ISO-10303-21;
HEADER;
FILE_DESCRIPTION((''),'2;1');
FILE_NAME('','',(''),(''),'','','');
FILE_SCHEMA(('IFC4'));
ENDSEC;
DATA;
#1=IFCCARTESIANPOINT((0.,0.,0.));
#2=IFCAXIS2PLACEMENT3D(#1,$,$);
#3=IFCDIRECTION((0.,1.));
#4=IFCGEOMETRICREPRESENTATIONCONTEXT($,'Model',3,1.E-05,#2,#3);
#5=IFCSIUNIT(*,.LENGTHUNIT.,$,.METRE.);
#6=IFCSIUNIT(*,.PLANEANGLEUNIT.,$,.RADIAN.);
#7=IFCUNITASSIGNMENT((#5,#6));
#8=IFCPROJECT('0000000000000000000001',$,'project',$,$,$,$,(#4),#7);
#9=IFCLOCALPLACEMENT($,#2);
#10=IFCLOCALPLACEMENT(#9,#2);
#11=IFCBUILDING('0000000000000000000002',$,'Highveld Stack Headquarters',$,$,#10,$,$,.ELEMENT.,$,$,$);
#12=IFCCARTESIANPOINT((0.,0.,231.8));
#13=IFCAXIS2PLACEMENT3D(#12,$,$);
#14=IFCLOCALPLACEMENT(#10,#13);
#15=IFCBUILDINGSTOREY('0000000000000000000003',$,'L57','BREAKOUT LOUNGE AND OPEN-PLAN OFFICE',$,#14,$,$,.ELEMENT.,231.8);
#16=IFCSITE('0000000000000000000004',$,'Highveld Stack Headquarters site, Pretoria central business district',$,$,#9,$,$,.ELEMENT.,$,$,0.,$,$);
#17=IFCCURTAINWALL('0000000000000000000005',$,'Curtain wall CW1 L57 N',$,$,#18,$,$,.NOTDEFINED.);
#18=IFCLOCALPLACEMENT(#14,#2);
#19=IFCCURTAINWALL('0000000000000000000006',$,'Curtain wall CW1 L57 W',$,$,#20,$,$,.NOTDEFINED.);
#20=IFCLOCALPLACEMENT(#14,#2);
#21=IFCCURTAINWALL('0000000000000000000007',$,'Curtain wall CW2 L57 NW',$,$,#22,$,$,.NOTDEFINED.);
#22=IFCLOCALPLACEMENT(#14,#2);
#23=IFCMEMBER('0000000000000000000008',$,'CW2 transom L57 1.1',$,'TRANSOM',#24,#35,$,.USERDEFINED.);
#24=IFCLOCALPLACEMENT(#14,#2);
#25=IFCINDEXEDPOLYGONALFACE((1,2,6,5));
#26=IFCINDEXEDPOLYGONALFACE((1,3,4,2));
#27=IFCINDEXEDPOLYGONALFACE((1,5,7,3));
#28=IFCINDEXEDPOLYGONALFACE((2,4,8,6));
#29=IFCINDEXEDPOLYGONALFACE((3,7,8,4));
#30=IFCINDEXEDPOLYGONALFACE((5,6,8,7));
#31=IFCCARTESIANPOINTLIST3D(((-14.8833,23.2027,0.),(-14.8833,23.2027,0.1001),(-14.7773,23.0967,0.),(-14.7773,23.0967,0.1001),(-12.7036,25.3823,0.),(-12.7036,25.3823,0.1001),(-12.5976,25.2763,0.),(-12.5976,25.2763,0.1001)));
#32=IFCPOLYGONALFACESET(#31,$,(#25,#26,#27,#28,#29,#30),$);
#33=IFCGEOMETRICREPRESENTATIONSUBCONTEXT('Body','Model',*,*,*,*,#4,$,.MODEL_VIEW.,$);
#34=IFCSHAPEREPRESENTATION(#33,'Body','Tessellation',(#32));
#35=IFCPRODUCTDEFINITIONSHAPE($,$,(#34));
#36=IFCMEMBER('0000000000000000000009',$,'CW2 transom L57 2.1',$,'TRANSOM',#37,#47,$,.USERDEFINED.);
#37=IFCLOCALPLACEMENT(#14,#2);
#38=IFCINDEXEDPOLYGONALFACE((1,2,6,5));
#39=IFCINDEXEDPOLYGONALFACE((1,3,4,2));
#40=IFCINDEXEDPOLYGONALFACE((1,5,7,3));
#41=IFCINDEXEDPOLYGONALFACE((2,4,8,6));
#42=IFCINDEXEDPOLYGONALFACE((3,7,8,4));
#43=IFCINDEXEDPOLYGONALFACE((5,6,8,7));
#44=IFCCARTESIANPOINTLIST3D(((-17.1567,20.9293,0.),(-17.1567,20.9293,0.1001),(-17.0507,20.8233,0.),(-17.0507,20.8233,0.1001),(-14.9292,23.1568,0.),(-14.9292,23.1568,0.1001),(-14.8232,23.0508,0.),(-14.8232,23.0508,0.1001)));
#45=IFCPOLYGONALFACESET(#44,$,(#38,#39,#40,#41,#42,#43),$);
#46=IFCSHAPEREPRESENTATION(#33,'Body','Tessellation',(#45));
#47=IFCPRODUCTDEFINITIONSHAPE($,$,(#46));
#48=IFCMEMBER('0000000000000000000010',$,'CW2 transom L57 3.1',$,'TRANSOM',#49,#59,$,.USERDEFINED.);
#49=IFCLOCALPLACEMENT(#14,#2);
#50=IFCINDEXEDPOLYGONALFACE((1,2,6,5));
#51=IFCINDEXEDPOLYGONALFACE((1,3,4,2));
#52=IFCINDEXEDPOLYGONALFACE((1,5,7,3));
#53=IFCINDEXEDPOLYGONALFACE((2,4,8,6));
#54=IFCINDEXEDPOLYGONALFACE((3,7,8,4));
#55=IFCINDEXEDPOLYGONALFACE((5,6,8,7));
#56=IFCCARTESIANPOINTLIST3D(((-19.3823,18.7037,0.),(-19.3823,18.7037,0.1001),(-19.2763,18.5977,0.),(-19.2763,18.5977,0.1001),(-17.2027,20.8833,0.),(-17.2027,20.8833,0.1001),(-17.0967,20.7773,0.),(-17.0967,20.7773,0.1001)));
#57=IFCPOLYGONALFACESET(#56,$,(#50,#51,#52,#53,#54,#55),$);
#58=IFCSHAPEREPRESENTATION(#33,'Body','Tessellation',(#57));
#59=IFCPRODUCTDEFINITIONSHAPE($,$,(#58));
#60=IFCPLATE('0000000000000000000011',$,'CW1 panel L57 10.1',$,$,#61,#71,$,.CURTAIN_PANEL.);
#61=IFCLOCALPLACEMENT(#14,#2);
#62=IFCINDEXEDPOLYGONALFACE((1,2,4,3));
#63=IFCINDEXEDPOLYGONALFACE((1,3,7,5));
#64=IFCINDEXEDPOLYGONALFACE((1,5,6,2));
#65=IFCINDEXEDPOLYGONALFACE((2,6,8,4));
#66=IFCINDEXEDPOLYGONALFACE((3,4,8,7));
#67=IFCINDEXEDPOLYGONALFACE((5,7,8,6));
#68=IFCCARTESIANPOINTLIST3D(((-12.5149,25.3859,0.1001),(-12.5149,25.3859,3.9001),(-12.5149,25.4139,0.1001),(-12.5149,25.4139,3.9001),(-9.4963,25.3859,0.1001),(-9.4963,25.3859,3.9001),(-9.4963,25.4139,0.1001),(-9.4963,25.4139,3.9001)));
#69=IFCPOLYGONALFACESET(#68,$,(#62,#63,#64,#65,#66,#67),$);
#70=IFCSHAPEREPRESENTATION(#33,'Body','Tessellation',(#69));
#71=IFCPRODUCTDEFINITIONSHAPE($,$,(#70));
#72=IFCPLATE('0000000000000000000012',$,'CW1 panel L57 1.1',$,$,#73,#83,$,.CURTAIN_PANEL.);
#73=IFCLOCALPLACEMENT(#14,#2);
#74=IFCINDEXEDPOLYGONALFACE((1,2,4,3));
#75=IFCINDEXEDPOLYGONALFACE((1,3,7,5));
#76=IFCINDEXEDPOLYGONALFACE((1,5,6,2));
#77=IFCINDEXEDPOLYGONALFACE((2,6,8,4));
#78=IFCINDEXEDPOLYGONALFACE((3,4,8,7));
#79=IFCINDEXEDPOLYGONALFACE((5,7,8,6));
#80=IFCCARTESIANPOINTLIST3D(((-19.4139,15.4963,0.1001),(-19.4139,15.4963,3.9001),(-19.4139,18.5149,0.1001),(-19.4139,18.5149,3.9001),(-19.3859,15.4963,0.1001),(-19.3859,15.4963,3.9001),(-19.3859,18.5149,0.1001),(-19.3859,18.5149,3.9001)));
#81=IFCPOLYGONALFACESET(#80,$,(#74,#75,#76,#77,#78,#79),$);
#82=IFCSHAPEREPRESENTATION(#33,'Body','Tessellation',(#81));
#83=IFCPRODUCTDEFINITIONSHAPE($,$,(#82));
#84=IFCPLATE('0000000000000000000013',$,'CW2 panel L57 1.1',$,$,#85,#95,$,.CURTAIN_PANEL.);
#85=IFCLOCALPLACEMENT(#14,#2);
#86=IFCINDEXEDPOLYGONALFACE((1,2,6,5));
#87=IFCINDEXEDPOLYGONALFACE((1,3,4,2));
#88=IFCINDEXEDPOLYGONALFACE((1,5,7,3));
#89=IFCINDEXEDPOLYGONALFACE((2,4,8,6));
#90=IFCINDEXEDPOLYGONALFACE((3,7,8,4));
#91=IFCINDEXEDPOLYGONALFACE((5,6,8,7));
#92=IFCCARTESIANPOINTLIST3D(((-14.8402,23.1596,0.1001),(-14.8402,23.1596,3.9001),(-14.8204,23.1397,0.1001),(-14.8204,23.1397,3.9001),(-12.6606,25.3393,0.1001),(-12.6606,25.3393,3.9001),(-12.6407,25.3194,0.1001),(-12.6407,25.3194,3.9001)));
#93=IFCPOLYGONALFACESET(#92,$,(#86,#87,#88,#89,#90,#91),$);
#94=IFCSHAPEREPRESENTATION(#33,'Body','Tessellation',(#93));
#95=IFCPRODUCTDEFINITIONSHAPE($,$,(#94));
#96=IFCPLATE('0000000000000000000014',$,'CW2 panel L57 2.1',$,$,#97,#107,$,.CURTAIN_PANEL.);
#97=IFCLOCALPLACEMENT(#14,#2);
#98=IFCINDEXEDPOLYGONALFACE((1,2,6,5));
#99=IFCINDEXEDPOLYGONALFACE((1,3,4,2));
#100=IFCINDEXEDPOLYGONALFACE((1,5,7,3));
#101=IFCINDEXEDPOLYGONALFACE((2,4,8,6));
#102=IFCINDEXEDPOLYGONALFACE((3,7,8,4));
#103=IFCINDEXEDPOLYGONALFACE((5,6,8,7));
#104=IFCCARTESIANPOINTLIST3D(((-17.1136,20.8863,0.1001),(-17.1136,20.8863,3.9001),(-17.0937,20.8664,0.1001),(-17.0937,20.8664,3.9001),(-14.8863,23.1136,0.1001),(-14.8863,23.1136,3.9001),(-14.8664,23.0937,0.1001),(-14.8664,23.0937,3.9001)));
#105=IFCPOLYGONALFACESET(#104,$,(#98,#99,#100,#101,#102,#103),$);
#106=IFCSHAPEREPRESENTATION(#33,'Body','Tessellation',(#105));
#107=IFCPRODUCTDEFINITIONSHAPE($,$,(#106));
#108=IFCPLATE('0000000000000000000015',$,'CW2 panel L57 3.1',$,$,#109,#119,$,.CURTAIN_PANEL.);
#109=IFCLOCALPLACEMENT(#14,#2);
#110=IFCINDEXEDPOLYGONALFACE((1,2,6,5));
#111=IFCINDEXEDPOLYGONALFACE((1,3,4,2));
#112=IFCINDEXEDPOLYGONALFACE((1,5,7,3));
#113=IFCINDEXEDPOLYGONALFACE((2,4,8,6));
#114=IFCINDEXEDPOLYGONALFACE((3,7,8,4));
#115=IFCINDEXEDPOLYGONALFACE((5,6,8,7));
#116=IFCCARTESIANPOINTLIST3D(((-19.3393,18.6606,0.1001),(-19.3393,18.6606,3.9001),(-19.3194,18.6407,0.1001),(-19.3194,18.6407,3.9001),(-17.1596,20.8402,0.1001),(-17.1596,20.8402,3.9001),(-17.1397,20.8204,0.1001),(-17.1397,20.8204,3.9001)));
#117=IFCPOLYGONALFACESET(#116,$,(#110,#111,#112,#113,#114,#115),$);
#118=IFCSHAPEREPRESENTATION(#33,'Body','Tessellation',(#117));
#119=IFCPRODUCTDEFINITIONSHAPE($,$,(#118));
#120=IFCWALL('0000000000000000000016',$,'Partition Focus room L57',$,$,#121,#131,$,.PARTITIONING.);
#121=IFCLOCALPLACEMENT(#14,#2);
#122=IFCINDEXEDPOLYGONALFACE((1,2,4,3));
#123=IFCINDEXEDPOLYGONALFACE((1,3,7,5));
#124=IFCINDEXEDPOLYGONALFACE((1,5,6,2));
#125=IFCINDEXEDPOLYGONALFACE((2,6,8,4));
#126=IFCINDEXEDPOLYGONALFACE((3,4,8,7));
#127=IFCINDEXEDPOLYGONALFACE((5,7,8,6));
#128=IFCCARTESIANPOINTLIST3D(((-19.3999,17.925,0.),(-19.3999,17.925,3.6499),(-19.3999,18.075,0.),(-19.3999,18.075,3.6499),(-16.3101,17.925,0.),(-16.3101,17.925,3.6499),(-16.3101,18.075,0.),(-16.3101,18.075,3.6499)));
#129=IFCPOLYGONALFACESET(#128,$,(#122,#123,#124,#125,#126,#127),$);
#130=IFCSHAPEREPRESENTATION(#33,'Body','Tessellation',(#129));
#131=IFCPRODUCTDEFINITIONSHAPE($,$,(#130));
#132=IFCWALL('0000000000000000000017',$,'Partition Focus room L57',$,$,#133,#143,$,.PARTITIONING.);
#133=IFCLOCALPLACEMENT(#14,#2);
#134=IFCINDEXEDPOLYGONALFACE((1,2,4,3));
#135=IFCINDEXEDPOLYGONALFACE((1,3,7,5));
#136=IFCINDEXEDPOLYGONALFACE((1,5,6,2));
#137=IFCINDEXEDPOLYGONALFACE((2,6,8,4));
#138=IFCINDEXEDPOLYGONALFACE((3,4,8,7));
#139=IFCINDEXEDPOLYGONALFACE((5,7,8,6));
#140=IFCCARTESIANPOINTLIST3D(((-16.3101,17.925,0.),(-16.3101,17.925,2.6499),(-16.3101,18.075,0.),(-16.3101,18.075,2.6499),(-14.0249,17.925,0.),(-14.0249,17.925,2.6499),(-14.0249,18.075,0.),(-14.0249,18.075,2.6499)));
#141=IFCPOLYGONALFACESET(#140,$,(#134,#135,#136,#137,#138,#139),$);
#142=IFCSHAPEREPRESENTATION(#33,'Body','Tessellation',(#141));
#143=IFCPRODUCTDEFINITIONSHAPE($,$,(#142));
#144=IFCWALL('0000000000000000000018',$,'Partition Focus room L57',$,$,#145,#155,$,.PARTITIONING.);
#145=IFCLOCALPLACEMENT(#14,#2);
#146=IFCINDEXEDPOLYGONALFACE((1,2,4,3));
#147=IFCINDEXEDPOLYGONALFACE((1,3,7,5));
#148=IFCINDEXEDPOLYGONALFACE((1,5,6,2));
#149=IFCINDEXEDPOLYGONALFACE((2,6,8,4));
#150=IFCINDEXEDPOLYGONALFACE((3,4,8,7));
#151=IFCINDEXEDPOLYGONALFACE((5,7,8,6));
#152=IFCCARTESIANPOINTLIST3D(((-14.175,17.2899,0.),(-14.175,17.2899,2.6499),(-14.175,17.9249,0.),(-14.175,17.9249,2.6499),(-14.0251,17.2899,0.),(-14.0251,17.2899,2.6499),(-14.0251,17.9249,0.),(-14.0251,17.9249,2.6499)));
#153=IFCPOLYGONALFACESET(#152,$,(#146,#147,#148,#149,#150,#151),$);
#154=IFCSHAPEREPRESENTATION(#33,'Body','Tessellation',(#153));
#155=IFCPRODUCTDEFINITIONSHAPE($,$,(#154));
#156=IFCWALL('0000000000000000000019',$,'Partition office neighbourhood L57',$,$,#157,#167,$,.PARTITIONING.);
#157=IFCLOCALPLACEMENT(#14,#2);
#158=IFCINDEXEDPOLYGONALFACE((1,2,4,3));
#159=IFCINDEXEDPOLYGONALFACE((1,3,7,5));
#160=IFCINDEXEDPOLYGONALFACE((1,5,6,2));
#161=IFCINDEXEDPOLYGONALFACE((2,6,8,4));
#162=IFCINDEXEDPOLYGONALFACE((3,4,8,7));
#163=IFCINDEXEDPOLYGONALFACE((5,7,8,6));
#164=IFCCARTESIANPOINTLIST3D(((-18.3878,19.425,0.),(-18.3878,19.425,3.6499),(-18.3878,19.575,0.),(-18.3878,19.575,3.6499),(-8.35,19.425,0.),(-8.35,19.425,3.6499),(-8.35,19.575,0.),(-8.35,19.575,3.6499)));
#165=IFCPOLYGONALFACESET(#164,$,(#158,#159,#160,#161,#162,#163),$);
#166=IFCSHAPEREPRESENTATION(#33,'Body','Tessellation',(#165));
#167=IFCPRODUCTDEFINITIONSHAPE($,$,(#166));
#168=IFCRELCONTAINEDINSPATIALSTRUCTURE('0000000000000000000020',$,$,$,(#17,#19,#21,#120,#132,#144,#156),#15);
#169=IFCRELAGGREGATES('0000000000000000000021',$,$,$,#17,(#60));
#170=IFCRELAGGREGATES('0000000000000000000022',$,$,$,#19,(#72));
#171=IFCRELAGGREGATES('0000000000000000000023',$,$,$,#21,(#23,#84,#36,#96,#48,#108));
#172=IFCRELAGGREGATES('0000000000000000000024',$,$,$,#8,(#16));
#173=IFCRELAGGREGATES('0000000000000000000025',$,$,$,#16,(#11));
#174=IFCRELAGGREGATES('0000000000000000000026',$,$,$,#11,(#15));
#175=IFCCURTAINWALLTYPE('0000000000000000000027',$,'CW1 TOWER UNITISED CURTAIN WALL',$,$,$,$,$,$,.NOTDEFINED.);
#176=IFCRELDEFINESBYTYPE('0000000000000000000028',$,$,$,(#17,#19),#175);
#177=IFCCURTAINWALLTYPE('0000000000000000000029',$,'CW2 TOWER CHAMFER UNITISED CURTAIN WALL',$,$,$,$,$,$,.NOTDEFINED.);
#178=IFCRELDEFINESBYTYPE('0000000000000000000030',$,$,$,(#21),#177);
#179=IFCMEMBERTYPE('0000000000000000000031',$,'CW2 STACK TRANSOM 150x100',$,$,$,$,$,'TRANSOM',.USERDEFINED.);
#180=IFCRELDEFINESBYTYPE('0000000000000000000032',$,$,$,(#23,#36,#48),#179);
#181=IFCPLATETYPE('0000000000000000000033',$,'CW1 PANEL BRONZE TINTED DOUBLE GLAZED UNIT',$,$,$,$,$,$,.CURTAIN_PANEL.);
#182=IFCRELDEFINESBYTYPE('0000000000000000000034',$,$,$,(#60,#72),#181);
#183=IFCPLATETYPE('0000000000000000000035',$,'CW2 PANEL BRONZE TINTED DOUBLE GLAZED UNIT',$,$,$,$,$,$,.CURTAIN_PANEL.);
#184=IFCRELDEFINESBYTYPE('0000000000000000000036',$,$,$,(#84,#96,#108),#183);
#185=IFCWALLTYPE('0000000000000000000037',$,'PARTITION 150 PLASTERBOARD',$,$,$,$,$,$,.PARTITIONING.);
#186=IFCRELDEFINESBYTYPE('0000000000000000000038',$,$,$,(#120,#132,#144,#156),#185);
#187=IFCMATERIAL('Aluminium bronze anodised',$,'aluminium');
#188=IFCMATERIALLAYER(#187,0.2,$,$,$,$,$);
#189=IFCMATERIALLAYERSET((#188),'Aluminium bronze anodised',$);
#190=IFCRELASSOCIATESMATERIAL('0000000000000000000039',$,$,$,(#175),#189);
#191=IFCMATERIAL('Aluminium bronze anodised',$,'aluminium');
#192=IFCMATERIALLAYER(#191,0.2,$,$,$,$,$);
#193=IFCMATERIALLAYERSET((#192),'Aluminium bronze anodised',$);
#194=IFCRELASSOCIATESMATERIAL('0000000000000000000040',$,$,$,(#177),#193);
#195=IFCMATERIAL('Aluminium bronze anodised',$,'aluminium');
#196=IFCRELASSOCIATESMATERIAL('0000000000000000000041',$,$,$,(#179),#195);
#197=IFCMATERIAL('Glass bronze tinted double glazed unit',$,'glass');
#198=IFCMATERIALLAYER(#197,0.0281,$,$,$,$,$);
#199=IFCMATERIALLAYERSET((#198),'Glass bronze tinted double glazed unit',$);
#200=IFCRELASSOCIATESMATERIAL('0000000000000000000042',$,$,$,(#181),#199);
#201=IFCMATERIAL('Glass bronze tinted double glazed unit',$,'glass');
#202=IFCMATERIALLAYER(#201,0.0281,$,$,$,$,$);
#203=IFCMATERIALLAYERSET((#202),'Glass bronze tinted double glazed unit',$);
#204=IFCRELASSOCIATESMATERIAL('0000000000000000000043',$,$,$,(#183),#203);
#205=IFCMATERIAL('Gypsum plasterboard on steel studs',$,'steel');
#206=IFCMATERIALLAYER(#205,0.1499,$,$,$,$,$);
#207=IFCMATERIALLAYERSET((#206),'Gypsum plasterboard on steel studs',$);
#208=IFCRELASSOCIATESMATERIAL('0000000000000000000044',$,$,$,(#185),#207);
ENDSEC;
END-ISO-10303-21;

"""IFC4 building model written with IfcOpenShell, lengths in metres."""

from ifc_helpers import new_model, si_unit, direction, frame, frame_2d, origin, origin_2d, place, context, subcontext, project, spatial, rectangle, extrude, material, layer, layer_set, material_profile, profile_set, type_object, element, aggregate, save


model = new_model("IFC4")

# Units and contexts
model_context = context("Model", 3, precision=1e-05, world=origin(), true_north=direction((0.0, 1.0)))
body_context = subcontext(model_context, "Body", "Model", "MODEL_VIEW")
ifc_project = project(units=[si_unit("LENGTHUNIT", "METRE"), si_unit("PLANEANGLEUNIT", "RADIAN")], contexts=[model_context])

# Site, building, storey
site_placement = place(None, origin())
site = spatial("IfcSite", under=ifc_project, at=site_placement, Name="Highveld Stack Headquarters site, Pretoria central business district", CompositionType="ELEMENT", RefElevation=0.0)
building_placement = place(site_placement, origin())
building = spatial("IfcBuilding", under=site, at=building_placement, Name="Highveld Stack Headquarters", CompositionType="ELEMENT")
storey_placement = place(building_placement, frame((0.0, 0.0, 231.8)))
storey = spatial("IfcBuildingStorey", under=building, at=storey_placement, Name="L57", Description="BREAKOUT LOUNGE AND OPEN-PLAN OFFICE", CompositionType="ELEMENT", Elevation=231.8)

# Curtain walls
ifc_material_1 = material(Name="Aluminium bronze anodised", Category="aluminium")
ifc_layer_1 = layer(ifc_material_1, 0.2)
ifc_layer_set_1 = layer_set([ifc_layer_1], Name="Aluminium bronze anodised")
curtain_wall_type_1 = type_object("IfcCurtainWallType", Name="CW1 TOWER UNITISED CURTAIN WALL", PredefinedType="NOTDEFINED", material=ifc_layer_set_1)
curtain_wall_1_placement = place(storey_placement, origin())
curtain_wall_1 = element("IfcCurtainWall", 1, at=curtain_wall_1_placement, inside=storey, type_object=curtain_wall_type_1, Name="Curtain wall CW1 L57 N", PredefinedType="NOTDEFINED")
curtain_wall_2_placement = place(storey_placement, origin())
curtain_wall_2 = element("IfcCurtainWall", 2, at=curtain_wall_2_placement, inside=storey, type_object=curtain_wall_type_1, Name="Curtain wall CW1 L57 W", PredefinedType="NOTDEFINED")

# Curtain wall, members
ifc_material_2 = material(Name="Aluminium bronze anodised", Category="aluminium")
ifc_layer_2 = layer(ifc_material_2, 0.2)
ifc_layer_set_2 = layer_set([ifc_layer_2], Name="Aluminium bronze anodised")
curtain_wall_type_2 = type_object("IfcCurtainWallType", Name="CW2 TOWER CHAMFER UNITISED CURTAIN WALL", PredefinedType="NOTDEFINED", material=ifc_layer_set_2)
curtain_wall_3_placement = place(storey_placement, origin())
curtain_wall_3 = element("IfcCurtainWall", 3, at=curtain_wall_3_placement, inside=storey, type_object=curtain_wall_type_2, Name="Curtain wall CW2 L57 NW", PredefinedType="NOTDEFINED")
ifc_material_3 = material(Name="Aluminium bronze anodised", Category="aluminium")
ifc_material_profile_1 = material_profile(ifc_material_3, rectangle(XDim=0.1499, YDim=0.1001, at=origin_2d()), Name="CW2 TRANSOM 150x100")
ifc_profile_set_1 = profile_set([ifc_material_profile_1], Name="Aluminium bronze anodised")
member_type_1 = type_object("IfcMemberType", Name="CW2 STACK TRANSOM 150x100", ElementType="TRANSOM", PredefinedType="USERDEFINED", material=ifc_profile_set_1)
member_1_placement = place(storey_placement, frame((-12.6506, 25.3293, 0.05), z_axis=(-0.707107, -0.707107, 0.0), x_axis=(0.707107, -0.707107, 0.0)))
member_1 = element("IfcMember", 4, at=member_1_placement, type_object=member_type_1, Name="CW2 transom L57 1.1", ObjectType="TRANSOM", PredefinedType="USERDEFINED", context=body_context, shape_type="SweptSolid", body=[
    extrude(rectangle(XDim=0.1499, YDim=0.1001, at=origin_2d()), origin(), (0.0, 0.0, 1.0), 3.0825),
])
member_2_placement = place(storey_placement, frame((-14.8762, 23.1038, 0.05), z_axis=(-0.707107, -0.707107, 0.0), x_axis=(0.707107, -0.707107, 0.0)))
member_2 = element("IfcMember", 5, at=member_2_placement, type_object=member_type_1, Name="CW2 transom L57 2.1", ObjectType="TRANSOM", PredefinedType="USERDEFINED", context=body_context, shape_type="SweptSolid", body=[
    extrude(rectangle(XDim=0.1499, YDim=0.1001, at=origin_2d()), origin(), (0.0, 0.0, 1.0), 3.1501),
])
member_3_placement = place(storey_placement, frame((-17.1497, 20.8303, 0.05), z_axis=(-0.707107, -0.707107, 0.0), x_axis=(0.707107, -0.707107, 0.0)))
member_3 = element("IfcMember", 6, at=member_3_placement, type_object=member_type_1, Name="CW2 transom L57 3.1", ObjectType="TRANSOM", PredefinedType="USERDEFINED", context=body_context, shape_type="SweptSolid", body=[
    extrude(rectangle(XDim=0.1499, YDim=0.1001, at=origin_2d()), origin(), (0.0, 0.0, 1.0), 3.0825),
])

# Plates
ifc_material_4 = material(Name="Glass bronze tinted double glazed unit", Category="glass")
ifc_layer_3 = layer(ifc_material_4, 0.0281)
ifc_layer_set_3 = layer_set([ifc_layer_3], Name="Glass bronze tinted double glazed unit")
plate_type_1 = type_object("IfcPlateType", Name="CW1 PANEL BRONZE TINTED DOUBLE GLAZED UNIT", PredefinedType="CURTAIN_PANEL", material=ifc_layer_set_3)
plate_1_placement = place(storey_placement, frame((-11.0056, 25.3999, 0.1001), z_axis=(0.0, 0.0, 1.0), x_axis=(-1.0, 0.0, 0.0)))
plate_1 = element("IfcPlate", 7, at=plate_1_placement, type_object=plate_type_1, Name="CW1 panel L57 10.1", PredefinedType="CURTAIN_PANEL", context=body_context, shape_type="SweptSolid", body=[
    extrude(rectangle(XDim=3.0186, YDim=0.0281, at=origin_2d()), origin(), (0.0, 0.0, 1.0), 3.8),
])
aggregate(curtain_wall_1, [plate_1])
plate_2_placement = place(storey_placement, frame((-19.3999, 17.0056, 0.1001), z_axis=(0.0, 0.0, 1.0), x_axis=(0.0, -1.0, 0.0)))
plate_2 = element("IfcPlate", 8, at=plate_2_placement, type_object=plate_type_1, Name="CW1 panel L57 1.1", PredefinedType="CURTAIN_PANEL", context=body_context, shape_type="SweptSolid", body=[
    extrude(rectangle(XDim=3.0186, YDim=0.0281, at=origin_2d()), origin(), (0.0, 0.0, 1.0), 3.8),
])
aggregate(curtain_wall_2, [plate_2])
ifc_material_5 = material(Name="Glass bronze tinted double glazed unit", Category="glass")
ifc_layer_4 = layer(ifc_material_5, 0.0281)
ifc_layer_set_4 = layer_set([ifc_layer_4], Name="Glass bronze tinted double glazed unit")
plate_type_2 = type_object("IfcPlateType", Name="CW2 PANEL BRONZE TINTED DOUBLE GLAZED UNIT", PredefinedType="CURTAIN_PANEL", material=ifc_layer_set_4)
plate_3_placement = place(storey_placement, frame((-13.7405, 24.2395, 0.1001), z_axis=(0.0, 0.0, 1.0), x_axis=(-0.707107, -0.707107, 0.0)))
plate_3 = element("IfcPlate", 9, at=plate_3_placement, type_object=plate_type_2, Name="CW2 panel L57 1.1", PredefinedType="CURTAIN_PANEL", context=body_context, shape_type="SweptSolid", body=[
    extrude(rectangle(XDim=3.0825, YDim=0.0281, at=origin_2d()), origin(), (0.0, 0.0, 1.0), 3.8),
])
plate_4_placement = place(storey_placement, frame((-15.99, 21.99, 0.1001), z_axis=(0.0, 0.0, 1.0), x_axis=(-0.707107, -0.707107, 0.0)))
plate_4 = element("IfcPlate", 10, at=plate_4_placement, type_object=plate_type_2, Name="CW2 panel L57 2.1", PredefinedType="CURTAIN_PANEL", context=body_context, shape_type="SweptSolid", body=[
    extrude(rectangle(XDim=3.1499, YDim=0.0281, at=origin_2d()), origin(), (0.0, 0.0, 1.0), 3.8),
])
plate_5_placement = place(storey_placement, frame((-18.2395, 19.7405, 0.1001), z_axis=(0.0, 0.0, 1.0), x_axis=(-0.707107, -0.707107, 0.0)))
plate_5 = element("IfcPlate", 11, at=plate_5_placement, type_object=plate_type_2, Name="CW2 panel L57 3.1", PredefinedType="CURTAIN_PANEL", context=body_context, shape_type="SweptSolid", body=[
    extrude(rectangle(XDim=3.0825, YDim=0.0281, at=origin_2d()), origin(), (0.0, 0.0, 1.0), 3.8),
])
aggregate(curtain_wall_3, [member_1, plate_3, member_2, plate_4, member_3, plate_5])

# Walls
ifc_material_6 = material(Name="Gypsum plasterboard on steel studs", Category="steel")
ifc_layer_5 = layer(ifc_material_6, 0.1499)
ifc_layer_set_5 = layer_set([ifc_layer_5], Name="Gypsum plasterboard on steel studs")
wall_type = type_object("IfcWallType", Name="PARTITION 150 PLASTERBOARD", PredefinedType="PARTITIONING", material=ifc_layer_set_5)
wall_1_placement = place(storey_placement, frame((-19.3999, 18.0, 0.0), z_axis=(0.0, 0.0, 1.0), x_axis=(1.0, 0.0, 0.0)))
element("IfcWall", 12, at=wall_1_placement, inside=storey, type_object=wall_type, Name="Partition Focus room L57", PredefinedType="PARTITIONING", context=body_context, shape_type="SweptSolid", body=[
    extrude(rectangle(XDim=3.0898, YDim=0.1499, at=frame_2d((1.5449, 0.0))), origin(), (0.0, 0.0, 1.0), 3.6499),
])
wall_2_placement = place(storey_placement, frame((-16.3101, 18.0, 0.0), z_axis=(0.0, 0.0, 1.0), x_axis=(1.0, 0.0, 0.0)))
element("IfcWall", 13, at=wall_2_placement, inside=storey, type_object=wall_type, Name="Partition Focus room L57", PredefinedType="PARTITIONING", context=body_context, shape_type="SweptSolid", body=[
    extrude(rectangle(XDim=2.2852, YDim=0.1499, at=frame_2d((1.1426, 0.0))), origin(), (0.0, 0.0, 1.0), 2.6499),
])
wall_3_placement = place(storey_placement, frame((-14.1001, 17.29, 0.0), z_axis=(0.0, 0.0, 1.0), x_axis=(0.0, 1.0, 0.0)))
element("IfcWall", 14, at=wall_3_placement, inside=storey, type_object=wall_type, Name="Partition Focus room L57", PredefinedType="PARTITIONING", context=body_context, shape_type="SweptSolid", body=[
    extrude(rectangle(XDim=0.635, YDim=0.1499, at=frame_2d((0.3174, 0.0))), origin(), (0.0, 0.0, 1.0), 2.6499),
])
wall_4_placement = place(storey_placement, frame((-18.3879, 19.5, 0.0), z_axis=(0.0, 0.0, 1.0), x_axis=(1.0, 0.0, 0.0)))
element("IfcWall", 15, at=wall_4_placement, inside=storey, type_object=wall_type, Name="Partition office neighbourhood L57", PredefinedType="PARTITIONING", context=body_context, shape_type="SweptSolid", body=[
    extrude(rectangle(XDim=10.0378, YDim=0.1499, at=frame_2d((5.019, 0.0))), origin(), (0.0, 0.0, 1.0), 3.6499),
])

save(model, "model.ifc")
